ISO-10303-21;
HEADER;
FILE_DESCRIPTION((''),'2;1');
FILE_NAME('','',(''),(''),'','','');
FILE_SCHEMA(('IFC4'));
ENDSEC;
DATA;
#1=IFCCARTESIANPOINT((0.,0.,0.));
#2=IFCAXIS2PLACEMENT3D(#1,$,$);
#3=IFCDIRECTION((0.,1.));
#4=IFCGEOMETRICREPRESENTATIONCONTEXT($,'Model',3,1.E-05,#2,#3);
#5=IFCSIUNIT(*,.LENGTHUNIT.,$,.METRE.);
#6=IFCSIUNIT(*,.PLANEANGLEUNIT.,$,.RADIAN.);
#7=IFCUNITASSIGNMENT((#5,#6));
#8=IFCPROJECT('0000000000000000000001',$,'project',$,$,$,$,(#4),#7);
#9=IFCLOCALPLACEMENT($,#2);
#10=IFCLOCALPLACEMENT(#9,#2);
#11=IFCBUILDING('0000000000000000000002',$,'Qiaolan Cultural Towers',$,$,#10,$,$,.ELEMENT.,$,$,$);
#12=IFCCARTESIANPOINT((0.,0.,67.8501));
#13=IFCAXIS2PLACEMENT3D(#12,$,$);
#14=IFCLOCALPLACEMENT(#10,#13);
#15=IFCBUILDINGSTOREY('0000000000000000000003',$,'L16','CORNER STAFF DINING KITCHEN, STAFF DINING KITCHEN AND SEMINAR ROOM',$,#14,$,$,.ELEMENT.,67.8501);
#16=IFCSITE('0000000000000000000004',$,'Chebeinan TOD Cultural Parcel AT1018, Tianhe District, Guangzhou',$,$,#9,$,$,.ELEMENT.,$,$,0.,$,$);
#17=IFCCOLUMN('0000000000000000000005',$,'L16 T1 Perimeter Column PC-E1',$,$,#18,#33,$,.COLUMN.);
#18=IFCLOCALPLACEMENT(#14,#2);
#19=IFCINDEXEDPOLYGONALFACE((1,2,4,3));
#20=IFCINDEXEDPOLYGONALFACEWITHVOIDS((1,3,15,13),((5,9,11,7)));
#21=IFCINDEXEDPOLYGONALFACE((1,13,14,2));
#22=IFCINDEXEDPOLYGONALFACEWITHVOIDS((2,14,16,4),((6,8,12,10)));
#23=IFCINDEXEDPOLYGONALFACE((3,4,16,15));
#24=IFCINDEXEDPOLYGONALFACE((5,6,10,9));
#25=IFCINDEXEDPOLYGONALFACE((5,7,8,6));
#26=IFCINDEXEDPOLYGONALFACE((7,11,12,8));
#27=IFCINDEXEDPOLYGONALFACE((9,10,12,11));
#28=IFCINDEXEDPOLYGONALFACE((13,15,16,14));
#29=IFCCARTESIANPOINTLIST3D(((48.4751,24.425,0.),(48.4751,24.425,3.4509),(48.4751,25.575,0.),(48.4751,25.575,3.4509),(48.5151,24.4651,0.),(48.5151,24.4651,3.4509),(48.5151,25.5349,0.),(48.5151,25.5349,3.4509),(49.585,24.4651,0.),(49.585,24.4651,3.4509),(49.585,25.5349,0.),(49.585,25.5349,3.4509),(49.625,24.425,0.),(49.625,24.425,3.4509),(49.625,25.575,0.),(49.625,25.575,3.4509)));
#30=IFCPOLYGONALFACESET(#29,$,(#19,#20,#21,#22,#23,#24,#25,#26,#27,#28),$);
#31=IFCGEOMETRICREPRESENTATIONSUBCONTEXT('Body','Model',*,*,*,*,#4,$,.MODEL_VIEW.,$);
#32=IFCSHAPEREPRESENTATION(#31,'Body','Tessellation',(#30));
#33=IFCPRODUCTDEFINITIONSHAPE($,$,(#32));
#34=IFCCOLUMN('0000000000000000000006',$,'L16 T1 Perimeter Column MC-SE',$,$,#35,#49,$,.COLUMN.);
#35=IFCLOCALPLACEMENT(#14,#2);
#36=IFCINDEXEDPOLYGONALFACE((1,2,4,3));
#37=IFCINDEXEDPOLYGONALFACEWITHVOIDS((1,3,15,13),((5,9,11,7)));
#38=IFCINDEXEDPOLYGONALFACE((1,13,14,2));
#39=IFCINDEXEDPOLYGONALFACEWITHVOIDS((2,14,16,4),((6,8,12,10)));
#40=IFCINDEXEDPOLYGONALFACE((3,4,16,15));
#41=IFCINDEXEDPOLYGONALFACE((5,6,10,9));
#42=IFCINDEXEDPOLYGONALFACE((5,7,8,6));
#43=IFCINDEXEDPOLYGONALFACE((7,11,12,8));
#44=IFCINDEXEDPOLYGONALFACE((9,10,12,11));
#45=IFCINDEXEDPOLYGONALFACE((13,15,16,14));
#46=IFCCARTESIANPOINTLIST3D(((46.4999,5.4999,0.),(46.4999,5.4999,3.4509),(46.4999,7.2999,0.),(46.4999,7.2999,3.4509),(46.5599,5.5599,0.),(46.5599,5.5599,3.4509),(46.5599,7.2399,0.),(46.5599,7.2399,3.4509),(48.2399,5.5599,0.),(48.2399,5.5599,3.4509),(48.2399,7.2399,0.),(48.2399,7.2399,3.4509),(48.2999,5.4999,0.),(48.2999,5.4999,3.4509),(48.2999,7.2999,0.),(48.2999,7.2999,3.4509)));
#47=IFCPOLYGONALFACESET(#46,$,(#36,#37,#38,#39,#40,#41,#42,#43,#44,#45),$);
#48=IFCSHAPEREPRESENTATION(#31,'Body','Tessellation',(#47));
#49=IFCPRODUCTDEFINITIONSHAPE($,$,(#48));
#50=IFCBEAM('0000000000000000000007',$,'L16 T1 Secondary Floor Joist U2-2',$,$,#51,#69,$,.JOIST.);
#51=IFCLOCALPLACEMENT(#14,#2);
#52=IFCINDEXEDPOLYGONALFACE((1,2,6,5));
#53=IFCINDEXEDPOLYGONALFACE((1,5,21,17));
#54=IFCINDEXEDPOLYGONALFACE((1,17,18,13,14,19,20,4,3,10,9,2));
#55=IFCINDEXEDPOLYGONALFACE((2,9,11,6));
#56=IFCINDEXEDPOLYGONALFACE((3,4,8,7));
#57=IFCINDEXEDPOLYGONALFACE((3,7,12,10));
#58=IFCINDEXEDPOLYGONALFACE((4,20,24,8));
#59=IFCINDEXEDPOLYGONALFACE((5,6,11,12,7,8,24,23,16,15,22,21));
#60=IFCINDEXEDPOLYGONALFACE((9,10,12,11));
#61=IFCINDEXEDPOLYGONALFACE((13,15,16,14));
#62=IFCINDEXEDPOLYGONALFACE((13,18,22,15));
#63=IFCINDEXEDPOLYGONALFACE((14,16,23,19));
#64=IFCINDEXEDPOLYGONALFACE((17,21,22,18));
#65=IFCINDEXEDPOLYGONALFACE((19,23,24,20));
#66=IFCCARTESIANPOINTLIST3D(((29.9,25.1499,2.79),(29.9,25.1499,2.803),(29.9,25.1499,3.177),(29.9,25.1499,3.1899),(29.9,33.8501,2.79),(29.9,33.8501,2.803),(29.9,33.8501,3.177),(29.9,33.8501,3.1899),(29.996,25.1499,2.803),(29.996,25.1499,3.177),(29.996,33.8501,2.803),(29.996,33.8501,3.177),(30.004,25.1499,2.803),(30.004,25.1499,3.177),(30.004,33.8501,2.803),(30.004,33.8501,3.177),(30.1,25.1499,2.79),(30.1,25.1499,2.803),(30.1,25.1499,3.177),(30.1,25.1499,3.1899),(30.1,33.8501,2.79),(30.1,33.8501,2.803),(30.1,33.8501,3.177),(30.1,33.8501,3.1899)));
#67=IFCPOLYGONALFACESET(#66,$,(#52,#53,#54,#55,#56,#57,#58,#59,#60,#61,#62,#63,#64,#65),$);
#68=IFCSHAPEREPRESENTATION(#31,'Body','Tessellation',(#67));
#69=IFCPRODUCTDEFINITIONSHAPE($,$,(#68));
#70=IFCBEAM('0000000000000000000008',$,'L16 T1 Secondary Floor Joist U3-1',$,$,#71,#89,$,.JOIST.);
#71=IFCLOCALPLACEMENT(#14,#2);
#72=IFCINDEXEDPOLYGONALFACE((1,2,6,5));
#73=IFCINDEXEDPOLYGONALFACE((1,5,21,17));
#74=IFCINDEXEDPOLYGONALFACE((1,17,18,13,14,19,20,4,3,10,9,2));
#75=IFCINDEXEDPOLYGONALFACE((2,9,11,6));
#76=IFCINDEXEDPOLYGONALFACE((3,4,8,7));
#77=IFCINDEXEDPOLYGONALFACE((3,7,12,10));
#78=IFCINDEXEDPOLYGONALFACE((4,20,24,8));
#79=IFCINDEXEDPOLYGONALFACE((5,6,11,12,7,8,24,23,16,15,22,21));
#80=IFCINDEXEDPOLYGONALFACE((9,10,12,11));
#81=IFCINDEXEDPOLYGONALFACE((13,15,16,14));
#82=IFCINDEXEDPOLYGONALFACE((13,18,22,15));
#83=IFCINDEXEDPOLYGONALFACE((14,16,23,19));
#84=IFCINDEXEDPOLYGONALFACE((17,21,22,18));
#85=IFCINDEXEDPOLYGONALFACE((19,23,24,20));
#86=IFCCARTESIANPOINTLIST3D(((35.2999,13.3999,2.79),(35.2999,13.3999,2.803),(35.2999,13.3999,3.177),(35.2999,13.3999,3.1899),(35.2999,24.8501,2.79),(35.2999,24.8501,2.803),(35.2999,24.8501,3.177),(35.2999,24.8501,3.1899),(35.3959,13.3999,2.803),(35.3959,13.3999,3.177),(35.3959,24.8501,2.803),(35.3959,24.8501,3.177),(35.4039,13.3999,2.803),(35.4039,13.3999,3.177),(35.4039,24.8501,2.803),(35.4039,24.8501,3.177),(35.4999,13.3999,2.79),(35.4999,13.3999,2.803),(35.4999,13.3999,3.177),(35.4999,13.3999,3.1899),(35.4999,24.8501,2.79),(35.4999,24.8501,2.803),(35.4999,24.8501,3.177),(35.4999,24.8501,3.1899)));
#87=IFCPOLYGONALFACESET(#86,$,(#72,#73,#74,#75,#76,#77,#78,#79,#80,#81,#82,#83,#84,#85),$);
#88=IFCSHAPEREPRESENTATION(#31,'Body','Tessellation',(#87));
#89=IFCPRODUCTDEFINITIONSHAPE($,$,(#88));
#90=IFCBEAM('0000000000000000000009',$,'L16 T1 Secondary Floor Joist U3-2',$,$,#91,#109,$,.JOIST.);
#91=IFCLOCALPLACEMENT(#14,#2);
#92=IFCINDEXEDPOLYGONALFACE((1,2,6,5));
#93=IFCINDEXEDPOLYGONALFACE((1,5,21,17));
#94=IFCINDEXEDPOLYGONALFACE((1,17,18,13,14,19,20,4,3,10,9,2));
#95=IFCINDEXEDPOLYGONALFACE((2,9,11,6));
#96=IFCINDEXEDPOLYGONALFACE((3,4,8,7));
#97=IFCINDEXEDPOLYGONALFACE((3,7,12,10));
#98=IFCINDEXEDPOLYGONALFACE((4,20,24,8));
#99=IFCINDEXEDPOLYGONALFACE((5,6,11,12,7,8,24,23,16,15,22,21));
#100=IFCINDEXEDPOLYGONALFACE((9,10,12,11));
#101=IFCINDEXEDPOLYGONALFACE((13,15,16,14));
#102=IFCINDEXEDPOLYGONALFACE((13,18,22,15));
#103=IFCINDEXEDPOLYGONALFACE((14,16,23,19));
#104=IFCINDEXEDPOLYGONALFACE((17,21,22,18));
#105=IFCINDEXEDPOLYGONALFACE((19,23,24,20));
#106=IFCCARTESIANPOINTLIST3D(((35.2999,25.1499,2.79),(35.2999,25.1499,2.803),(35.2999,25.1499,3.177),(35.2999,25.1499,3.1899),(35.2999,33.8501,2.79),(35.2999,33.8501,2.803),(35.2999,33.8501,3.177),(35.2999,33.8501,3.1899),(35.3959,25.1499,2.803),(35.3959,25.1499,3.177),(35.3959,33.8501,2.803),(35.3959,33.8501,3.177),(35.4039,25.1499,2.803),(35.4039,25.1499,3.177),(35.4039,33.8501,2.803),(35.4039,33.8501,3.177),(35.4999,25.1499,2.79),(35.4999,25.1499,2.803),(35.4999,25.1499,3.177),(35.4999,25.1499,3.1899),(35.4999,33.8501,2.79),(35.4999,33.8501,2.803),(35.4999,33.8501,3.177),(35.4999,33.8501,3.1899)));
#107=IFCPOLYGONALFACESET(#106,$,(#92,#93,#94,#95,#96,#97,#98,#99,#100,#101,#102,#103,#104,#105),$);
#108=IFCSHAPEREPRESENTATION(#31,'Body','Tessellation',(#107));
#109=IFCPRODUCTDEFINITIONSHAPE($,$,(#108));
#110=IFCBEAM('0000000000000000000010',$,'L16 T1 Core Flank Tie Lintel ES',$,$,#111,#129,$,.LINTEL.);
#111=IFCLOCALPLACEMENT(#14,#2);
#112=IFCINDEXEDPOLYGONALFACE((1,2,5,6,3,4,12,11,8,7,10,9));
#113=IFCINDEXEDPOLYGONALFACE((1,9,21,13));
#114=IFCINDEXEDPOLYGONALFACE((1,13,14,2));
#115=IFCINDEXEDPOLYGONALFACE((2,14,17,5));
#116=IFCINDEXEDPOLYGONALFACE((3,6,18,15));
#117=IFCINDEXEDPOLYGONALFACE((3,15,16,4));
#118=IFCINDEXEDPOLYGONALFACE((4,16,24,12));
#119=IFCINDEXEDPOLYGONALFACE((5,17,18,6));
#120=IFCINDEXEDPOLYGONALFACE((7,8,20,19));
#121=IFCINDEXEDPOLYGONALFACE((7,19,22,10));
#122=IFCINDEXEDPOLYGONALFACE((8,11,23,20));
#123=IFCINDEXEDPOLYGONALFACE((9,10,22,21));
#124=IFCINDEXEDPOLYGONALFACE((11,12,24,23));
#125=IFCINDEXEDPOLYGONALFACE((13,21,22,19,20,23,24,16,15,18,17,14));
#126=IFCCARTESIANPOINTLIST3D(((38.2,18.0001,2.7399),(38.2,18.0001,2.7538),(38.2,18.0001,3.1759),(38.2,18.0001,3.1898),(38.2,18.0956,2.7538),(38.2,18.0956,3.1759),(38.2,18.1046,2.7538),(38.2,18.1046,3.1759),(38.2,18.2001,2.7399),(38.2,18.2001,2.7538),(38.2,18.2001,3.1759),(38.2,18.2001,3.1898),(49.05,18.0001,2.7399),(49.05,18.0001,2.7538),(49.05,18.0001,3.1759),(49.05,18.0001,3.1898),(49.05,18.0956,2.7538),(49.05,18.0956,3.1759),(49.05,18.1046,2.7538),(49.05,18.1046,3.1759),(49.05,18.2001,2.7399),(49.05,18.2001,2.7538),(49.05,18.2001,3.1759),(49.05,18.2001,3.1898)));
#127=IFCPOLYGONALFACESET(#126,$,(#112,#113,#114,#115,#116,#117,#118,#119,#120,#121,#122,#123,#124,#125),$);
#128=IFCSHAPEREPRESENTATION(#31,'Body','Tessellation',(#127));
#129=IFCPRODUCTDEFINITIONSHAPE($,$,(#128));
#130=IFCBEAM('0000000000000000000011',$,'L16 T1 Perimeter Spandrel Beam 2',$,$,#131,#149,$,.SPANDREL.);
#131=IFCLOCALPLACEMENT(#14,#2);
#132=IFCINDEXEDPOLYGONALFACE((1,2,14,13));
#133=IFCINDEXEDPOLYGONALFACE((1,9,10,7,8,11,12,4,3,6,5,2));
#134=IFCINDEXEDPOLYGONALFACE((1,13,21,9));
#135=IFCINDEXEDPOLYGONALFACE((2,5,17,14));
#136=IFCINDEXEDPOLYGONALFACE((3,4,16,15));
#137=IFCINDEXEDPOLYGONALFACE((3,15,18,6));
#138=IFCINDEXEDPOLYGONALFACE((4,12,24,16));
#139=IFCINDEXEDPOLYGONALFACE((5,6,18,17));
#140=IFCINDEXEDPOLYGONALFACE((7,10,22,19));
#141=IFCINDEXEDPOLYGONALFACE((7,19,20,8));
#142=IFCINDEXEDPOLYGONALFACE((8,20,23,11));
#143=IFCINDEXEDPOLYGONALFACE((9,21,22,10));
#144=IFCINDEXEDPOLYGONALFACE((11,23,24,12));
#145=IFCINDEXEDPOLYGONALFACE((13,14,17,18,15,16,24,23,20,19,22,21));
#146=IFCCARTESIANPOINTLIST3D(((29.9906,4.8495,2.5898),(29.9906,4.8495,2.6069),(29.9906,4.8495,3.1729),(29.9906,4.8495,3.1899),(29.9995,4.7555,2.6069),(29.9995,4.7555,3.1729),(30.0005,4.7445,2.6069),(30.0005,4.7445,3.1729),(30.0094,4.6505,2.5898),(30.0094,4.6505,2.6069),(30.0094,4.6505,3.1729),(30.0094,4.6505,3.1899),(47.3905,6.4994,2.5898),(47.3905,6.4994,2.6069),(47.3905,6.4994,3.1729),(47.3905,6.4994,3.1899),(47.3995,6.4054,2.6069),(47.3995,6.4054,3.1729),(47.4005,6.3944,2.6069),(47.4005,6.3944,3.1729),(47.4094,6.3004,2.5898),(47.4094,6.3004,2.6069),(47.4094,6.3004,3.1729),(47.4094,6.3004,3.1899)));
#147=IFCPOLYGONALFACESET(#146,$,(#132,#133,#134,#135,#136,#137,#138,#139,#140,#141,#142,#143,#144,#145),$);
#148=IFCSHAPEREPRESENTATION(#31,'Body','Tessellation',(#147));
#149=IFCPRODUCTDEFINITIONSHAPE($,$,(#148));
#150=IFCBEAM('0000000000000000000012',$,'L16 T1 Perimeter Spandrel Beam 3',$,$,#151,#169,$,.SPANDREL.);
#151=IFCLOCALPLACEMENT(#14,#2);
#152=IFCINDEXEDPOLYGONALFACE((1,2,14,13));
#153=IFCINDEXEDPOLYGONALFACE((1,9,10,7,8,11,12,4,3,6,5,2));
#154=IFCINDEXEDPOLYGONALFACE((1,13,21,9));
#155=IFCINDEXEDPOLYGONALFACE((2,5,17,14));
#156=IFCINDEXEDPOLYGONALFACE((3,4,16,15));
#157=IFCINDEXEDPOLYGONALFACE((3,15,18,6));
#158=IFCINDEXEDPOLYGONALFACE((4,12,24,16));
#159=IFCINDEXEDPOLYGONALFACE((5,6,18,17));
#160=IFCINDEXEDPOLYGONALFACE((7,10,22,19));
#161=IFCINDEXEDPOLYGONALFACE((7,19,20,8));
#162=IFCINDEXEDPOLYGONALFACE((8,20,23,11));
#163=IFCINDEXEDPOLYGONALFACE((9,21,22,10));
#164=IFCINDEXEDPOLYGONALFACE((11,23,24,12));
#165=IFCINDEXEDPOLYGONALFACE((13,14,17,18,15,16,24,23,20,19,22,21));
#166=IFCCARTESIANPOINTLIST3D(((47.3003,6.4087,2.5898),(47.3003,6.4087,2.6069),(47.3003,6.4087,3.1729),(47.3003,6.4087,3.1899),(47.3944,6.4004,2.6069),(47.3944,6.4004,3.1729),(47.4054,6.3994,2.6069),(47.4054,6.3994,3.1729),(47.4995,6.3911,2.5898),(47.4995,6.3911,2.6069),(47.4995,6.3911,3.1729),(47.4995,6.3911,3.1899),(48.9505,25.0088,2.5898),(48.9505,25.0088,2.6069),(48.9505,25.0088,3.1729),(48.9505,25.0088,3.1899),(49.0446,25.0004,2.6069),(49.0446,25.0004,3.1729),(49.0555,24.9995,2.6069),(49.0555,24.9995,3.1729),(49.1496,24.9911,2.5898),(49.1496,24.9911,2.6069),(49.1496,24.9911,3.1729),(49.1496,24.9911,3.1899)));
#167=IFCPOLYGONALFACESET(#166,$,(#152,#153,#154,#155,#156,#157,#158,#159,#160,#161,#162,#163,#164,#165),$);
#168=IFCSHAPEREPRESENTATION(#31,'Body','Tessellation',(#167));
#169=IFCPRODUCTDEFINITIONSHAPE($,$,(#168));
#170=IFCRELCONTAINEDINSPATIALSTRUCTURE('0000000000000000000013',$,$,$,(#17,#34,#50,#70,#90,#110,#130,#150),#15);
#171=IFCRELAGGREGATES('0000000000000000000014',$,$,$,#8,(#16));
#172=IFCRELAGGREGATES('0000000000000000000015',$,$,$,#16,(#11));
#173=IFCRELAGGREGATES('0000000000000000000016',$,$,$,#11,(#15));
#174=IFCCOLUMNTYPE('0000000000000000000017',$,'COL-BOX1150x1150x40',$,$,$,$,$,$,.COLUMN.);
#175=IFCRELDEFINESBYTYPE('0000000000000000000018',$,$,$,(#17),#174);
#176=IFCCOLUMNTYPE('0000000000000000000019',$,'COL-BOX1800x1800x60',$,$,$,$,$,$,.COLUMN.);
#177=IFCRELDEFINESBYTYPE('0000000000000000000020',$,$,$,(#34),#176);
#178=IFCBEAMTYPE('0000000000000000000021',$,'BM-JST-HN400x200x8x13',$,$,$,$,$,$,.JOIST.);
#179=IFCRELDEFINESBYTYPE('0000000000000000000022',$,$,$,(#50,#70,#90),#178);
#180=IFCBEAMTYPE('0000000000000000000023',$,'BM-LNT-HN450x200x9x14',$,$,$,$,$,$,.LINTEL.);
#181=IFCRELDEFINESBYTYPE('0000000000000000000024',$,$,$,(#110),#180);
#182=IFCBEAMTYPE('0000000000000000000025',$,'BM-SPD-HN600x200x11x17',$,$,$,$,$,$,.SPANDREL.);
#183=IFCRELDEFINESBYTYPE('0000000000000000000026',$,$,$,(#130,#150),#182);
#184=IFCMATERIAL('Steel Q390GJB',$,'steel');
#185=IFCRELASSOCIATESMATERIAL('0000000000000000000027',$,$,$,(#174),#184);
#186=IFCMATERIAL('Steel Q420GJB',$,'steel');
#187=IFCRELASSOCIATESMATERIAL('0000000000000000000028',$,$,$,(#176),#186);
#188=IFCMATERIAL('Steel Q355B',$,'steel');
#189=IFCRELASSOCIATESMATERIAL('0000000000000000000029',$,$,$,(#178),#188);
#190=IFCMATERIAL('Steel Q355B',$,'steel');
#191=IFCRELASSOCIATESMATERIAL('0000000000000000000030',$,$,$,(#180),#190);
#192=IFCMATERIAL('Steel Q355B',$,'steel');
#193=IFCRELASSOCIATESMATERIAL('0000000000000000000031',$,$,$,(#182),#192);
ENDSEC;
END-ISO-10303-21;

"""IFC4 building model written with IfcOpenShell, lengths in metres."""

from ifc_helpers import new_model, si_unit, direction, frame, origin, origin_2d, place, context, subcontext, project, spatial, hollow_rectangle, i_section, extrude, material, material_profile, profile_set, type_object, element, save


model = new_model("IFC4")

# Units and contexts
model_context = context("Model", 3, precision=1e-05, world=origin(), true_north=direction((0.0, 1.0)))
body_context = subcontext(model_context, "Body", "Model", "MODEL_VIEW")
ifc_project = project(units=[si_unit("LENGTHUNIT", "METRE"), si_unit("PLANEANGLEUNIT", "RADIAN")], contexts=[model_context])

# Site, building, storey
site_placement = place(None, origin())
site = spatial("IfcSite", under=ifc_project, at=site_placement, Name="Chebeinan TOD Cultural Parcel AT1018, Tianhe District, Guangzhou", CompositionType="ELEMENT", RefElevation=0.0)
building_placement = place(site_placement, origin())
building = spatial("IfcBuilding", under=site, at=building_placement, Name="Qiaolan Cultural Towers", CompositionType="ELEMENT")
storey_placement = place(building_placement, frame((0.0, 0.0, 67.8501)))
storey = spatial("IfcBuildingStorey", under=building, at=storey_placement, Name="L16", Description="CORNER STAFF DINING KITCHEN, STAFF DINING KITCHEN AND SEMINAR ROOM", CompositionType="ELEMENT", Elevation=67.8501)

# Columns
ifc_material_1 = material(Name="Steel Q390GJB", Category="steel")
ifc_material_profile_1 = material_profile(ifc_material_1, hollow_rectangle(XDim=1.1499, YDim=1.1499, WallThickness=0.04, at=origin_2d()), Name="BOX1150x1150x40")
ifc_profile_set_1 = profile_set([ifc_material_profile_1], Name="Steel Q390GJB")
column_type_1 = type_object("IfcColumnType", Name="COL-BOX1150x1150x40", PredefinedType="COLUMN", material=ifc_profile_set_1)
column_1_placement = place(storey_placement, frame((49.05, 25.0, 0.0), z_axis=(0.0, 0.0, 1.0), x_axis=(1.0, 0.0, 0.0)))
element("IfcColumn", 1, at=column_1_placement, inside=storey, type_object=column_type_1, Name="L16 T1 Perimeter Column PC-E1", PredefinedType="COLUMN", context=body_context, shape_type="SweptSolid", body=[
    extrude(hollow_rectangle(XDim=1.1499, YDim=1.1499, WallThickness=0.04, at=origin_2d()), origin(), (0.0, 0.0, 1.0), 3.4509),
])
ifc_material_2 = material(Name="Steel Q420GJB", Category="steel")
ifc_material_profile_2 = material_profile(ifc_material_2, hollow_rectangle(XDim=1.8, YDim=1.8, WallThickness=0.0601, at=origin_2d()), Name="BOX1800x1800x60")
ifc_profile_set_2 = profile_set([ifc_material_profile_2], Name="Steel Q420GJB")
column_type_2 = type_object("IfcColumnType", Name="COL-BOX1800x1800x60", PredefinedType="COLUMN", material=ifc_profile_set_2)
column_2_placement = place(storey_placement, frame((47.3999, 6.3999, 0.0), z_axis=(0.0, 0.0, 1.0), x_axis=(1.0, 0.0, 0.0)))
element("IfcColumn", 2, at=column_2_placement, inside=storey, type_object=column_type_2, Name="L16 T1 Perimeter Column MC-SE", PredefinedType="COLUMN", context=body_context, shape_type="SweptSolid", body=[
    extrude(hollow_rectangle(XDim=1.8, YDim=1.8, WallThickness=0.0601, at=origin_2d()), origin(), (0.0, 0.0, 1.0), 3.4509),
])

# Beams
ifc_material_3 = material(Name="Steel Q355B", Category="steel")
ifc_material_profile_3 = material_profile(ifc_material_3, i_section(OverallWidth=0.2, OverallDepth=0.3999, WebThickness=0.0081, FlangeThickness=0.0129, at=origin_2d()), Name="HN400x200x8x13")
ifc_profile_set_3 = profile_set([ifc_material_profile_3], Name="Steel Q355B")
beam_type_1 = type_object("IfcBeamType", Name="BM-JST-HN400x200x8x13", PredefinedType="JOIST", material=ifc_profile_set_3)
beam_1_placement = place(storey_placement, frame((30.0, 25.1499, 2.99), z_axis=(0.0, 1.0, 0.0), x_axis=(-1.0, 0.0, 0.0)))
element("IfcBeam", 3, at=beam_1_placement, inside=storey, type_object=beam_type_1, Name="L16 T1 Secondary Floor Joist U2-2", PredefinedType="JOIST", context=body_context, shape_type="SweptSolid", body=[
    extrude(i_section(OverallWidth=0.2, OverallDepth=0.3999, WebThickness=0.0081, FlangeThickness=0.0129, at=origin_2d()), origin(), (0.0, 0.0, 1.0), 8.7002),
])
beam_2_placement = place(storey_placement, frame((35.3999, 13.3999, 2.99), z_axis=(0.0, 1.0, 0.0), x_axis=(-1.0, 0.0, 0.0)))
element("IfcBeam", 4, at=beam_2_placement, inside=storey, type_object=beam_type_1, Name="L16 T1 Secondary Floor Joist U3-1", PredefinedType="JOIST", context=body_context, shape_type="SweptSolid", body=[
    extrude(i_section(OverallWidth=0.2, OverallDepth=0.3999, WebThickness=0.0081, FlangeThickness=0.0129, at=origin_2d()), origin(), (0.0, 0.0, 1.0), 11.4502),
])
beam_3_placement = place(storey_placement, frame((35.3999, 25.1499, 2.99), z_axis=(0.0, 1.0, 0.0), x_axis=(-1.0, 0.0, 0.0)))
element("IfcBeam", 5, at=beam_3_placement, inside=storey, type_object=beam_type_1, Name="L16 T1 Secondary Floor Joist U3-2", PredefinedType="JOIST", context=body_context, shape_type="SweptSolid", body=[
    extrude(i_section(OverallWidth=0.2, OverallDepth=0.3999, WebThickness=0.0081, FlangeThickness=0.0129, at=origin_2d()), origin(), (0.0, 0.0, 1.0), 8.7002),
])
ifc_material_4 = material(Name="Steel Q355B", Category="steel")
ifc_material_profile_4 = material_profile(ifc_material_4, i_section(OverallWidth=0.2, OverallDepth=0.45, WebThickness=0.009, FlangeThickness=0.0139, at=origin_2d()), Name="HN450x200x9x14")
ifc_profile_set_4 = profile_set([ifc_material_profile_4], Name="Steel Q355B")
beam_type_2 = type_object("IfcBeamType", Name="BM-LNT-HN450x200x9x14", PredefinedType="LINTEL", material=ifc_profile_set_4)
beam_4_placement = place(storey_placement, frame((38.2, 18.1001, 2.9648), z_axis=(1.0, 0.0, 0.0), x_axis=(0.0, 1.0, 0.0)))
element("IfcBeam", 6, at=beam_4_placement, inside=storey, type_object=beam_type_2, Name="L16 T1 Core Flank Tie Lintel ES", PredefinedType="LINTEL", context=body_context, shape_type="SweptSolid", body=[
    extrude(i_section(OverallWidth=0.2, OverallDepth=0.45, WebThickness=0.009, FlangeThickness=0.0139, at=origin_2d()), origin(), (0.0, 0.0, 1.0), 10.8501),
])
ifc_material_5 = material(Name="Steel Q355B", Category="steel")
ifc_material_profile_5 = material_profile(ifc_material_5, i_section(OverallWidth=0.2, OverallDepth=0.6001, WebThickness=0.011, FlangeThickness=0.0171, at=origin_2d()), Name="HN600x200x11x17")
ifc_profile_set_5 = profile_set([ifc_material_profile_5], Name="Steel Q355B")
beam_type_3 = type_object("IfcBeamType", Name="BM-SPD-HN600x200x11x17", PredefinedType="SPANDREL", material=ifc_profile_set_5)
beam_5_placement = place(storey_placement, frame((30.0, 4.75, 2.8899), z_axis=(0.995534, 0.094399, 0.0), x_axis=(-0.094399, 0.995534, 0.0)))
element("IfcBeam", 7, at=beam_5_placement, inside=storey, type_object=beam_type_3, Name="L16 T1 Perimeter Spandrel Beam 2", PredefinedType="SPANDREL", context=body_context, shape_type="SweptSolid", body=[
    extrude(i_section(OverallWidth=0.2, OverallDepth=0.6001, WebThickness=0.011, FlangeThickness=0.0171, at=origin_2d()), origin(), (0.0, 0.0, 1.0), 17.478),
])
beam_6_placement = place(storey_placement, frame((47.3999, 6.3999, 2.8899), z_axis=(0.08837, 0.996088, 0.0), x_axis=(-0.996088, 0.08837, 0.0)))
element("IfcBeam", 8, at=beam_6_placement, inside=storey, type_object=beam_type_3, Name="L16 T1 Perimeter Spandrel Beam 3", PredefinedType="SPANDREL", context=body_context, shape_type="SweptSolid", body=[
    extrude(i_section(OverallWidth=0.2, OverallDepth=0.6001, WebThickness=0.011, FlangeThickness=0.0171, at=origin_2d()), origin(), (0.0, 0.0, 1.0), 18.6731),
])

save(model, "model.ifc")
